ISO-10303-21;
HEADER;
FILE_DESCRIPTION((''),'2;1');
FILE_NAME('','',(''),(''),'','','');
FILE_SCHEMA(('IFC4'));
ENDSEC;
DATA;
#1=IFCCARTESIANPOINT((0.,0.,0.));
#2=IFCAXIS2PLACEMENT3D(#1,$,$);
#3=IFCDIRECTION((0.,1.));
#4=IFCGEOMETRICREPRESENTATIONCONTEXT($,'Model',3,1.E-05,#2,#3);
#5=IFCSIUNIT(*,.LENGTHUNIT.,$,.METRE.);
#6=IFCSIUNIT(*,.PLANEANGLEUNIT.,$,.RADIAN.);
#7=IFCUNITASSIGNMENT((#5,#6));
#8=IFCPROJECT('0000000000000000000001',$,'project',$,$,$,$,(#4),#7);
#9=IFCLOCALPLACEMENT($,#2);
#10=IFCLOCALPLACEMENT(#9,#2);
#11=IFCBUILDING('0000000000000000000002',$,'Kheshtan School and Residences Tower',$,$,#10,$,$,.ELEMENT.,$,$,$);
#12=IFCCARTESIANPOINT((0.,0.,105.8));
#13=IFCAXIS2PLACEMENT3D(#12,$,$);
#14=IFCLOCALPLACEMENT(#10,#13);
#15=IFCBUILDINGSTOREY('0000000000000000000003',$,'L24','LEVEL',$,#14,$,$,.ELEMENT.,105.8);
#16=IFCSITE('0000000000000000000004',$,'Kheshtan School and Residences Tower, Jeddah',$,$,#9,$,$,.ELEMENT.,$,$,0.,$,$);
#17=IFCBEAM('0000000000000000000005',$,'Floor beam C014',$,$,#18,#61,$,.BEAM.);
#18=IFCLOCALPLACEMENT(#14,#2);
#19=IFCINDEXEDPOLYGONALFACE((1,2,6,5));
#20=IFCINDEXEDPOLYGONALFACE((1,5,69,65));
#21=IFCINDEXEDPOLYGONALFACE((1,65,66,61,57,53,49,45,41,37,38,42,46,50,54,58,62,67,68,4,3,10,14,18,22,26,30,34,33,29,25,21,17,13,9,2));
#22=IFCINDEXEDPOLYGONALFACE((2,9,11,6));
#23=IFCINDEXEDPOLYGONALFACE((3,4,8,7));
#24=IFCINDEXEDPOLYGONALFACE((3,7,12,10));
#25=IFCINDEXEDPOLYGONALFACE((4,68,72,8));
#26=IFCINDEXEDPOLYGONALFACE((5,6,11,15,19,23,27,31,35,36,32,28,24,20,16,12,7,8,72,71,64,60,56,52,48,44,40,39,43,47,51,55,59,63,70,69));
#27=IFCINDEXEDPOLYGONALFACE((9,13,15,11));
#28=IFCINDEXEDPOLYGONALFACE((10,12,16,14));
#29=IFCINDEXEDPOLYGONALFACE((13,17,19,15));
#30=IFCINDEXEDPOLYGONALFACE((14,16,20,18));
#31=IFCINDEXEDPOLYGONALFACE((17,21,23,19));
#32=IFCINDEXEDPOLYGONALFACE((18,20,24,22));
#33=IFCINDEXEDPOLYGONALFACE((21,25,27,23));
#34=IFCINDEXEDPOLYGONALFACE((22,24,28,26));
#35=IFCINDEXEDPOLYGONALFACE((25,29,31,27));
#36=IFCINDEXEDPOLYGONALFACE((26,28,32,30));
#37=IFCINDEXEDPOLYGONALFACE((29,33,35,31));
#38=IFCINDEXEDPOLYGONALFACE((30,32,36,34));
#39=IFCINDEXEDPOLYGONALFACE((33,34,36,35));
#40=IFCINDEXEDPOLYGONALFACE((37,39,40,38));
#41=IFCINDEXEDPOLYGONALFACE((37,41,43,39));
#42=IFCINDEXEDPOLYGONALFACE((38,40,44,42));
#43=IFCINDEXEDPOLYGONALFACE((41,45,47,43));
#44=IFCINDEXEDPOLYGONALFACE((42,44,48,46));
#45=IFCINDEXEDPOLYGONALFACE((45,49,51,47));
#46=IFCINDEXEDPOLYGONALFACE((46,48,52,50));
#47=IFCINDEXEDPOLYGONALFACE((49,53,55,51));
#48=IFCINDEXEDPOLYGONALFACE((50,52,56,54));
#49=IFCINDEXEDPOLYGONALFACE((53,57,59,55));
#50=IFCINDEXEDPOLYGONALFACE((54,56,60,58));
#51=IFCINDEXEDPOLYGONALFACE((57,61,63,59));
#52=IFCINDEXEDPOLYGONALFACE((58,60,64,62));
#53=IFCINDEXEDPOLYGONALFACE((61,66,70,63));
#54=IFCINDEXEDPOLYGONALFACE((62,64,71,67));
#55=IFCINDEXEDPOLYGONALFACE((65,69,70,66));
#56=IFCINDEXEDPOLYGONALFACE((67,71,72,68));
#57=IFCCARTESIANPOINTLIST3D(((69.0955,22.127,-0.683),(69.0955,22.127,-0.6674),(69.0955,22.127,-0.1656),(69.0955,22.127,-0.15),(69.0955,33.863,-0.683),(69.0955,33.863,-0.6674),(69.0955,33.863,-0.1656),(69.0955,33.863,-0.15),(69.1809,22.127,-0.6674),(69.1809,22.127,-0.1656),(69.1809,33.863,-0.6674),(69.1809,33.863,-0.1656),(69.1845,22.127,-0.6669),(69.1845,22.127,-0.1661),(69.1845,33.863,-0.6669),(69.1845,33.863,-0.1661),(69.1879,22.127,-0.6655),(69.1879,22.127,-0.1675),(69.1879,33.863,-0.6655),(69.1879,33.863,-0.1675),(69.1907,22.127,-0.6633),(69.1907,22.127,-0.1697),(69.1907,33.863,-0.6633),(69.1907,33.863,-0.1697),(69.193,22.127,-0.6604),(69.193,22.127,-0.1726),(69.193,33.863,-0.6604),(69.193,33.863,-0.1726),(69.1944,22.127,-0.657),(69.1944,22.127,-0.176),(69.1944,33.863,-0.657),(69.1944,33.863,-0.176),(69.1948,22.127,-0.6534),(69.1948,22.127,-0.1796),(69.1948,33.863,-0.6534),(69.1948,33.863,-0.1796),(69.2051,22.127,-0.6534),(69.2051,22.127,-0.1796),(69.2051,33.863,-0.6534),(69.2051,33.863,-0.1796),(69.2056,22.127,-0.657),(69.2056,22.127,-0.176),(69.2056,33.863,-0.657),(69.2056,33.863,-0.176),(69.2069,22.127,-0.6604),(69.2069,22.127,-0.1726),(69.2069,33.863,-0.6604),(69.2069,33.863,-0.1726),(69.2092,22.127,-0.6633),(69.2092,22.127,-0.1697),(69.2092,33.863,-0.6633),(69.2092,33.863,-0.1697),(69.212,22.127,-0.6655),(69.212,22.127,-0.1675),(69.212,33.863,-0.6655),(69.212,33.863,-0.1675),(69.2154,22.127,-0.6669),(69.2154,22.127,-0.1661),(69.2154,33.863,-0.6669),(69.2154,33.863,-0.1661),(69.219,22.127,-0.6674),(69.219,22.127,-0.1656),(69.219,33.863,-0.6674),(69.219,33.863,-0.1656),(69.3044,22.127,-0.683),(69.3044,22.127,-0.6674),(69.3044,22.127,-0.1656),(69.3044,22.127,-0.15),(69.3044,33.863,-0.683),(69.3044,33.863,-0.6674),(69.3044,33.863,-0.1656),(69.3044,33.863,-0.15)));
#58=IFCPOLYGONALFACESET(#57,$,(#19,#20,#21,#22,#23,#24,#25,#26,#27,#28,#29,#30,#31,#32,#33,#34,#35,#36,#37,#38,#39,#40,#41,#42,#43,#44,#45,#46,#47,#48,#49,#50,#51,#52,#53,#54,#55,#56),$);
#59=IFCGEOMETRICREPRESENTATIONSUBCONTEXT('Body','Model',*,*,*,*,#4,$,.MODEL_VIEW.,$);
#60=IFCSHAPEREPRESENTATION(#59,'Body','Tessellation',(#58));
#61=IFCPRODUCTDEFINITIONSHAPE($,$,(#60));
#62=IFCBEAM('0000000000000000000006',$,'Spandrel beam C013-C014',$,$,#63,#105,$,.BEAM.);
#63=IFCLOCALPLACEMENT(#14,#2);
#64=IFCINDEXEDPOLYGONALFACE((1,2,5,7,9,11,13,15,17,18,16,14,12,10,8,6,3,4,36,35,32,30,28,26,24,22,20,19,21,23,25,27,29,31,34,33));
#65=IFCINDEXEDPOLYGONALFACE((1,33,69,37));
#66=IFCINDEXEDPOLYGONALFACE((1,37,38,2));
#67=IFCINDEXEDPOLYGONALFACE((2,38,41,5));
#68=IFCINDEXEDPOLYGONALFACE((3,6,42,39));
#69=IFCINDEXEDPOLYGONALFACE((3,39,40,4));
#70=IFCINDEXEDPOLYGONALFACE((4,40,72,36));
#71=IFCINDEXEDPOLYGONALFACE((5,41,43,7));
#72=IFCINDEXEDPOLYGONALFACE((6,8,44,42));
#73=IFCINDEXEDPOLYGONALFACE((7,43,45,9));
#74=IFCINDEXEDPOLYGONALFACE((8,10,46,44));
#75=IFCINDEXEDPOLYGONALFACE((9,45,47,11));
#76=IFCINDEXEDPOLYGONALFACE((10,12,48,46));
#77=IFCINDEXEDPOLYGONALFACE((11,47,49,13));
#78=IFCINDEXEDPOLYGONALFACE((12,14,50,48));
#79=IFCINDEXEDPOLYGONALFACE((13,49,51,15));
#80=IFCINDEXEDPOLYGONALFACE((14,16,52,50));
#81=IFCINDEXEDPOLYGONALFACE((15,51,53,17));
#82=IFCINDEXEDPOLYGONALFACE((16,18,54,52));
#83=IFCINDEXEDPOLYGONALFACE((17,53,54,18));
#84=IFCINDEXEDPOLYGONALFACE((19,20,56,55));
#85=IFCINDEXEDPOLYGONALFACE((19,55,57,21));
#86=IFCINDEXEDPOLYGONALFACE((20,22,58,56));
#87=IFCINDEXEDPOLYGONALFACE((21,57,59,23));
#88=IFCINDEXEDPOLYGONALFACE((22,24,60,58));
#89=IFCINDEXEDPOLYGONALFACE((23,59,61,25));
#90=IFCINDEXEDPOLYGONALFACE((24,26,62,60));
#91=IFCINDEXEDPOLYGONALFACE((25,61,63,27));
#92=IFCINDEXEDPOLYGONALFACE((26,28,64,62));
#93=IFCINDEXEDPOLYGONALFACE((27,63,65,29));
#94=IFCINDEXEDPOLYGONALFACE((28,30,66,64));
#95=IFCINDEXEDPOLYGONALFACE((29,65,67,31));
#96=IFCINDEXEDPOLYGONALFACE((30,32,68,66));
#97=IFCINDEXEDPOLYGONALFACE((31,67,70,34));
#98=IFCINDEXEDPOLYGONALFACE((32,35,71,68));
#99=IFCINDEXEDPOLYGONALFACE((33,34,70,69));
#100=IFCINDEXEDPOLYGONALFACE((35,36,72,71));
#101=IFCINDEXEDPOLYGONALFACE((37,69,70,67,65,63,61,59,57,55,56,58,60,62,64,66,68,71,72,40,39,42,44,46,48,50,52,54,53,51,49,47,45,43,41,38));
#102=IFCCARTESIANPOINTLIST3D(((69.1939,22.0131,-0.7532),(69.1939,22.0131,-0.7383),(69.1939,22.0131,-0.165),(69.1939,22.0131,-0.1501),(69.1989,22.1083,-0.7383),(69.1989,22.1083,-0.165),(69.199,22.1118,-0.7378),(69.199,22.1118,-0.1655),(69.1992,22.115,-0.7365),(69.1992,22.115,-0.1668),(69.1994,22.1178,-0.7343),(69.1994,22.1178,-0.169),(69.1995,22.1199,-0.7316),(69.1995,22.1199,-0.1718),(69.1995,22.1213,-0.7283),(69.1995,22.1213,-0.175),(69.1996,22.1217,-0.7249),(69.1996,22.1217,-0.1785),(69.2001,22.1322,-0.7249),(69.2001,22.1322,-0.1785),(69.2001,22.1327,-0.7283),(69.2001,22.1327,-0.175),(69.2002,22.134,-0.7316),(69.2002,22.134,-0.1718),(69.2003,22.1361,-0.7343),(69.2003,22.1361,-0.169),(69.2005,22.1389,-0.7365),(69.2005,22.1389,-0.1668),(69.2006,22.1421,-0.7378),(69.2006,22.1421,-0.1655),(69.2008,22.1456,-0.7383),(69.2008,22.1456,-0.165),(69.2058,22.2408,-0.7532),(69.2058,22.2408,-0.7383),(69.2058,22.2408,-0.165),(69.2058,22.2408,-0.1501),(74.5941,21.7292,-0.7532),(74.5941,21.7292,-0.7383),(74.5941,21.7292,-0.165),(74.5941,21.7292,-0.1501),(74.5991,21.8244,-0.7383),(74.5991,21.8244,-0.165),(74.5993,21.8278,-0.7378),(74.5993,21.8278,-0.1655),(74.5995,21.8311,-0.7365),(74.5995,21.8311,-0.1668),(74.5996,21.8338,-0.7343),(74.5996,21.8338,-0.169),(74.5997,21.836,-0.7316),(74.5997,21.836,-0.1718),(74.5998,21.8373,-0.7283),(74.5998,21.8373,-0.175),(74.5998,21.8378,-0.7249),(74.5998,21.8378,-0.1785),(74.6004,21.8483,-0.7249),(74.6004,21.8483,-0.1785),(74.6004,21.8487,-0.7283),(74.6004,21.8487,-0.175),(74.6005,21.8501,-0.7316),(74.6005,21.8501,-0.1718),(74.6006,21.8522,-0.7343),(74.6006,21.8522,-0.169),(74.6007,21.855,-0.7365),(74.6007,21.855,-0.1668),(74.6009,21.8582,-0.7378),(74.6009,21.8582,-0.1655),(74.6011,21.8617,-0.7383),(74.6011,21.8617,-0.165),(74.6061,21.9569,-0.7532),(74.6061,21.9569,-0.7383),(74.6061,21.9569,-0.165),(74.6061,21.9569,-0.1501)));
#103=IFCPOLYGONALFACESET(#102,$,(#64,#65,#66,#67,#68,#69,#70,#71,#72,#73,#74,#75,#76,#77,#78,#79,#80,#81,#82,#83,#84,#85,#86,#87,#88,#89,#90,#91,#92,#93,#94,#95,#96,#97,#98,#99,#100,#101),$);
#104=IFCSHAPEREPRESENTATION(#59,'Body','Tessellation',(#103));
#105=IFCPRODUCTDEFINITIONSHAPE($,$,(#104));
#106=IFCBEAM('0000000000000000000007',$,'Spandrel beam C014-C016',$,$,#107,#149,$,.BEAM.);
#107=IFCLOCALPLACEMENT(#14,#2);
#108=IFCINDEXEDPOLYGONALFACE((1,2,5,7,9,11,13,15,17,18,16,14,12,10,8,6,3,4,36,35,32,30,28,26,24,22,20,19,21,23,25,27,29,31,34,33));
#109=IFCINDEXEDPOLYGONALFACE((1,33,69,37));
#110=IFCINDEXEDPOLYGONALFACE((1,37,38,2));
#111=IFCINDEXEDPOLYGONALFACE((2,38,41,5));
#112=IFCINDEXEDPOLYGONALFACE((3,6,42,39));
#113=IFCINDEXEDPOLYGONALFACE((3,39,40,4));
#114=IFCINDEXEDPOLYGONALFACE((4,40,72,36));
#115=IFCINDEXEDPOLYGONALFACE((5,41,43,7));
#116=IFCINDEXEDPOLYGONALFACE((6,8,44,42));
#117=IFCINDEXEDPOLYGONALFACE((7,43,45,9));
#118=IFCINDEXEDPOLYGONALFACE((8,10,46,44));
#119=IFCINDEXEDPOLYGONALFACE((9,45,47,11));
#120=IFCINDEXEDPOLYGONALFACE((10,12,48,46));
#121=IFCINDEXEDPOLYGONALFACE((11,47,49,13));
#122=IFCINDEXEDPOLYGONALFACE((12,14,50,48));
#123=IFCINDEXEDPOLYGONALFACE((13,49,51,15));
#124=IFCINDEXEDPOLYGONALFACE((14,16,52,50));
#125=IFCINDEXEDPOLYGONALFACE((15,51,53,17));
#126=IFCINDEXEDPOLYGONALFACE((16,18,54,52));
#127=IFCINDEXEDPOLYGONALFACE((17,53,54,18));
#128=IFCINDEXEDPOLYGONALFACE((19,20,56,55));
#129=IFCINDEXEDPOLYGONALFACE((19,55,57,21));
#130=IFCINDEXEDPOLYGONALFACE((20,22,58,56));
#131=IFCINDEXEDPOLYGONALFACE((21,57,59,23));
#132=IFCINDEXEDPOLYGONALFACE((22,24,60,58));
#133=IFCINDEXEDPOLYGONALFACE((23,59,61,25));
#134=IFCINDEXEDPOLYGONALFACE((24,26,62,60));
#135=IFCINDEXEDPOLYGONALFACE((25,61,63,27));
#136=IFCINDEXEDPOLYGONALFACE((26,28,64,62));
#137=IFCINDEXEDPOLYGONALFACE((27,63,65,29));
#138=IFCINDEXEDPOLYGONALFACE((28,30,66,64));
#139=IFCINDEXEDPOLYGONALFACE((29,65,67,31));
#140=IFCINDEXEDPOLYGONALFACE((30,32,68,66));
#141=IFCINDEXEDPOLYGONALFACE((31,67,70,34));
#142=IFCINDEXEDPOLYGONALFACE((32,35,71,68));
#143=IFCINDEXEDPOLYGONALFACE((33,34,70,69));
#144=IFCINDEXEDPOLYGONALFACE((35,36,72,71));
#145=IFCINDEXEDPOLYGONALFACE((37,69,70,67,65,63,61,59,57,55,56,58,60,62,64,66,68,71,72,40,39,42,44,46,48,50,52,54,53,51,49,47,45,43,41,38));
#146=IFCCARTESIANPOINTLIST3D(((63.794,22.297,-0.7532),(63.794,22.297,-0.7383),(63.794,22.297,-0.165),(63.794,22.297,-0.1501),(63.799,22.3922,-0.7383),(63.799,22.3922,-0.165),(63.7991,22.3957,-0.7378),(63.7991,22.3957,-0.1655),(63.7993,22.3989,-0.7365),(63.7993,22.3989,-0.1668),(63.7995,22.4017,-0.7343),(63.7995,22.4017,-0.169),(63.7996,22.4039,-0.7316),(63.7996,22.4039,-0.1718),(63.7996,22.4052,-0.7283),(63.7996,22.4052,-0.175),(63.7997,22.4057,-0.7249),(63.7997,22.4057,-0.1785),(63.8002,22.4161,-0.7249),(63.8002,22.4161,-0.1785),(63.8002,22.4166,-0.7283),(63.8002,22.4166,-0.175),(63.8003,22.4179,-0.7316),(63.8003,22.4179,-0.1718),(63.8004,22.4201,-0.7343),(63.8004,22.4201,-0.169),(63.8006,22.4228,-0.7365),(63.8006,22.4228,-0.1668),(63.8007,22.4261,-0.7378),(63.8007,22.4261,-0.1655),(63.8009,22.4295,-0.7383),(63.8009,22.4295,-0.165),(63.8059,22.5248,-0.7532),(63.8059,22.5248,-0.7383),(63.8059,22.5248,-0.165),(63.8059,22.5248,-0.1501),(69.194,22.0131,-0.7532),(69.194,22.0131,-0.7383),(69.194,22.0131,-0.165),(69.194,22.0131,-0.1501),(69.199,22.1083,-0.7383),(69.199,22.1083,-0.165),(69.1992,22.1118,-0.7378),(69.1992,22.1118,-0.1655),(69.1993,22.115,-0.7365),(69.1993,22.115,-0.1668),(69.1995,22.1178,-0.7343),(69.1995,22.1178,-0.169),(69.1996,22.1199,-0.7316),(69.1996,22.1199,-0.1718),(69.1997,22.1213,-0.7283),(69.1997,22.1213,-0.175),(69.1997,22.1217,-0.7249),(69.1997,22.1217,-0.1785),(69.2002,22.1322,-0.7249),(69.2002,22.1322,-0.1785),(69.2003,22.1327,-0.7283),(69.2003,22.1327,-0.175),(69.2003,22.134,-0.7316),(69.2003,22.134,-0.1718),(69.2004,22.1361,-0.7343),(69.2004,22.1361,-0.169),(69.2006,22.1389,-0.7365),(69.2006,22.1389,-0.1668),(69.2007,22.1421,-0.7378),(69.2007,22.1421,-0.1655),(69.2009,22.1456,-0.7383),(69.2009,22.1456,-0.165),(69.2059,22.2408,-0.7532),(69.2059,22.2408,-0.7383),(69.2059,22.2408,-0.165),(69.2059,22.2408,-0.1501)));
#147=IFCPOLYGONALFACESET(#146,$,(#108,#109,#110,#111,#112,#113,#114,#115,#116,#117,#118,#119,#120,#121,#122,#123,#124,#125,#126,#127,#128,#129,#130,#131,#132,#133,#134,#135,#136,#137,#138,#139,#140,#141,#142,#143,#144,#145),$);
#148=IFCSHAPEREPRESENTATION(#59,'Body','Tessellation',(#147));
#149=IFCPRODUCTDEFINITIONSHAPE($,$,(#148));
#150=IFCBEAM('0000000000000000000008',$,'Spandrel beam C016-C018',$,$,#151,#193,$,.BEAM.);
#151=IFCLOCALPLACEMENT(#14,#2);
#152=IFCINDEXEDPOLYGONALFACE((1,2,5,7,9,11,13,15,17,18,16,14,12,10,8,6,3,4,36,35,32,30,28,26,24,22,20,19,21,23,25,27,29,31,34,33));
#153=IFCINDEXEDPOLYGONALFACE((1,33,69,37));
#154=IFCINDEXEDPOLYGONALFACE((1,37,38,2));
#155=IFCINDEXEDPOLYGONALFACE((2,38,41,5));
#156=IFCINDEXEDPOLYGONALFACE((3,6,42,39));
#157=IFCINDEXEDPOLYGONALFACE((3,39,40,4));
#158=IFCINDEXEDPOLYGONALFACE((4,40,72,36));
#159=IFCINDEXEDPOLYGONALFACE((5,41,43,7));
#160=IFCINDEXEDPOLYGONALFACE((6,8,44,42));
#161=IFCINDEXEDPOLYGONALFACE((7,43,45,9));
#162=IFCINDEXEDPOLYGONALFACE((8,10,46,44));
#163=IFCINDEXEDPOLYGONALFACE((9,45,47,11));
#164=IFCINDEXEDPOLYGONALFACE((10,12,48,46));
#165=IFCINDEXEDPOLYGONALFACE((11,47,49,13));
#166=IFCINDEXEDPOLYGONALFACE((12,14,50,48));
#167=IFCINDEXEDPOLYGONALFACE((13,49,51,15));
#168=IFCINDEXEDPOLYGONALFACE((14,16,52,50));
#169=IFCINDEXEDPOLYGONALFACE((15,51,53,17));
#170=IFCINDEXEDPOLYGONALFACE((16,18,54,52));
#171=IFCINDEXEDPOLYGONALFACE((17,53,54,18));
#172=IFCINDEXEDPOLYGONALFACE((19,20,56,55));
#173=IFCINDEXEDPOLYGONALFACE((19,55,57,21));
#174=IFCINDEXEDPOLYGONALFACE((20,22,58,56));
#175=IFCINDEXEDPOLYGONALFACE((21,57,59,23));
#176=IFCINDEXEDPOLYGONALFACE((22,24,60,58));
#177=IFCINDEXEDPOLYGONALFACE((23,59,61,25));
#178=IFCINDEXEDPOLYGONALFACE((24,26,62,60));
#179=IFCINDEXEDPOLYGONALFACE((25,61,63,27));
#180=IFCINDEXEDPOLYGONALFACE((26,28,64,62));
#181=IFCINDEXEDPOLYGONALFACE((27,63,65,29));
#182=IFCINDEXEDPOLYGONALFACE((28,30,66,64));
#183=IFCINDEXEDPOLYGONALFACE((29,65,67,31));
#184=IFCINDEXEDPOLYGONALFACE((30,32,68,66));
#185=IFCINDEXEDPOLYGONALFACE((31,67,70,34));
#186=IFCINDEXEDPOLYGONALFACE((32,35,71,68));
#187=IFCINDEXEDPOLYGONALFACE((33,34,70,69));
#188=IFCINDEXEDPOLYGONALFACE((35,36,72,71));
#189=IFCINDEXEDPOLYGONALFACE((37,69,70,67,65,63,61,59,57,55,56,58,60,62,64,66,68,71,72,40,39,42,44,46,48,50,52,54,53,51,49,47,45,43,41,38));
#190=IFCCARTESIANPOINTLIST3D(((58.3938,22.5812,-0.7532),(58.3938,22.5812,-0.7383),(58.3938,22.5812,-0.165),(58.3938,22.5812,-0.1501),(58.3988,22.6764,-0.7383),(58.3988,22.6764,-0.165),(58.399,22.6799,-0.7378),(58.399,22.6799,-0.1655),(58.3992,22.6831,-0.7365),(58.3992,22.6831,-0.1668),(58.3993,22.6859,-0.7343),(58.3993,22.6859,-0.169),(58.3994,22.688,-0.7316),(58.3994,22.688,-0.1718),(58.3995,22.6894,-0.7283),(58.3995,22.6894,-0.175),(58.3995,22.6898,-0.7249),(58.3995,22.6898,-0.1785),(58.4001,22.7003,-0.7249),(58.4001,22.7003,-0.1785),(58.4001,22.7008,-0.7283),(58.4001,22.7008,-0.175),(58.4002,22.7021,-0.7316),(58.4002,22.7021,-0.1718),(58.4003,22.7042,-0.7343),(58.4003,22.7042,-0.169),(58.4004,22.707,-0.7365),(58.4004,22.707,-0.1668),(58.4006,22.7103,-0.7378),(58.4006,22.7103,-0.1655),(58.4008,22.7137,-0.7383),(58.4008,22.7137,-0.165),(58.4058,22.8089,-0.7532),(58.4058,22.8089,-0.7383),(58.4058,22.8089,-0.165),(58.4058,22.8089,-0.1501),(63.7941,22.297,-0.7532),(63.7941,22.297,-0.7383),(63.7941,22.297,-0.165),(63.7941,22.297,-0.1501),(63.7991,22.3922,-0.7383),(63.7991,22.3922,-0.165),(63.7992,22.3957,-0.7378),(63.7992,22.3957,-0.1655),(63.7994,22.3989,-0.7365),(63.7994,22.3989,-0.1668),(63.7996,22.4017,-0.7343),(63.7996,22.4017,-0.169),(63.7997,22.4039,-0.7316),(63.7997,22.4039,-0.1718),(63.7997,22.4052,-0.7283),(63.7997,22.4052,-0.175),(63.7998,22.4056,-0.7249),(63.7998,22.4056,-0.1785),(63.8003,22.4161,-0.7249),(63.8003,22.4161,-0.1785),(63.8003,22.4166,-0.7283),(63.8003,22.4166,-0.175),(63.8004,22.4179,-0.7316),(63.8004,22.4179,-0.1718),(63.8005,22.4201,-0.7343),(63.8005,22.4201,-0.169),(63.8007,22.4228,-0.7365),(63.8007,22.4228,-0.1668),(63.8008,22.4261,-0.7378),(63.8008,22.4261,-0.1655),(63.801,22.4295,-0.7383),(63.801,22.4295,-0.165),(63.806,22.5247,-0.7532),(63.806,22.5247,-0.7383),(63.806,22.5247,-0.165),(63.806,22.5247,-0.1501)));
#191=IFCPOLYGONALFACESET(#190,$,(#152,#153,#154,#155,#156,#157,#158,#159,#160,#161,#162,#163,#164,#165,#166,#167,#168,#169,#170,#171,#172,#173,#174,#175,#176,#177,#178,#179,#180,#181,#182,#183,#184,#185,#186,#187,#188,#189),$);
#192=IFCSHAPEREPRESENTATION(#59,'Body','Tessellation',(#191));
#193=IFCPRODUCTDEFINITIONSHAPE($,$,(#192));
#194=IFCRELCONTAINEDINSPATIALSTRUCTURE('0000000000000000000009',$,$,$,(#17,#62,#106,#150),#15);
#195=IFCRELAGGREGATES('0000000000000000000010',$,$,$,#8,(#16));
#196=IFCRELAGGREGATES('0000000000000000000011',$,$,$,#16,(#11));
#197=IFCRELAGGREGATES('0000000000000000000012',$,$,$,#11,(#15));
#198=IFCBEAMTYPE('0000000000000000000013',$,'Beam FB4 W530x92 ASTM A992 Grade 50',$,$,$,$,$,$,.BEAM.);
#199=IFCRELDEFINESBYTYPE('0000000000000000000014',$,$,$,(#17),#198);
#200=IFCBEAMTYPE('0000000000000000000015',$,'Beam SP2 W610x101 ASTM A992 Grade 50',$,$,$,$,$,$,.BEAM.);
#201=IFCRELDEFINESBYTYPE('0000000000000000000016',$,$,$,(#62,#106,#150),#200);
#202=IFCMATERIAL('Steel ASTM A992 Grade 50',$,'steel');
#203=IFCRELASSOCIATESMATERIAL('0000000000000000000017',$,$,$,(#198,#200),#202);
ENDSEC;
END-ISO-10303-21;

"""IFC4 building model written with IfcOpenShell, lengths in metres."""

from ifc_helpers import new_model, si_unit, direction, frame, origin, origin_2d, place, context, subcontext, project, spatial, i_section, extrude, material, material_profile, profile_set, type_object, element, save


model = new_model("IFC4")

# Units and contexts
model_context = context("Model", 3, precision=1e-05, world=origin(), true_north=direction((0.0, 1.0)))
body_context = subcontext(model_context, "Body", "Model", "MODEL_VIEW")
ifc_project = project(units=[si_unit("LENGTHUNIT", "METRE"), si_unit("PLANEANGLEUNIT", "RADIAN")], contexts=[model_context])

# Site, building, storey
site_placement = place(None, origin())
site = spatial("IfcSite", under=ifc_project, at=site_placement, Name="Kheshtan School and Residences Tower, Jeddah", CompositionType="ELEMENT", RefElevation=0.0)
building_placement = place(site_placement, origin())
building = spatial("IfcBuilding", under=site, at=building_placement, Name="Kheshtan School and Residences Tower", CompositionType="ELEMENT")
storey_placement = place(building_placement, frame((0.0, 0.0, 105.8)))
storey = spatial("IfcBuildingStorey", under=building, at=storey_placement, Name="L24", Description="LEVEL", CompositionType="ELEMENT", Elevation=105.8)

# Shared definitions
ifc_material_1 = material(Name="Steel ASTM A992 Grade 50", Category="steel")

# Beams
ifc_material_profile_1 = material_profile(ifc_material_1, i_section(OverallWidth=0.209, OverallDepth=0.533, WebThickness=0.0103, FlangeThickness=0.0156, FilletRadius=0.0139, at=origin_2d()), Name="W530x92")
ifc_profile_set_1 = profile_set([ifc_material_profile_1], Name="Steel ASTM A992 Grade 50")
beam_type_1 = type_object("IfcBeamType", Name="Beam FB4 W530x92 ASTM A992 Grade 50", PredefinedType="BEAM", material=ifc_profile_set_1)
beam_1_placement = place(storey_placement, frame((69.2, 22.127, -0.4165), z_axis=(0.0, 1.0, 0.0), x_axis=(-1.0, 0.0, 0.0)))
element("IfcBeam", 1, at=beam_1_placement, inside=storey, type_object=beam_type_1, Name="Floor beam C014", PredefinedType="BEAM", context=body_context, shape_type="SweptSolid", body=[
    extrude(i_section(OverallWidth=0.209, OverallDepth=0.533, WebThickness=0.0103, FlangeThickness=0.0156, FilletRadius=0.0139, at=origin_2d()), origin(), (0.0, 0.0, 1.0), 11.7361),
])
ifc_material_profile_2 = material_profile(ifc_material_1, i_section(OverallWidth=0.228, OverallDepth=0.603, WebThickness=0.0105, FlangeThickness=0.0149, FilletRadius=0.0134, at=origin_2d()), Name="W610x101")
ifc_profile_set_2 = profile_set([ifc_material_profile_2], Name="Steel ASTM A992 Grade 50")
beam_type_2 = type_object("IfcBeamType", Name="Beam SP2 W610x101 ASTM A992 Grade 50", PredefinedType="BEAM", material=ifc_profile_set_2)
beam_2_placement = place(storey_placement, frame((74.6001, 21.843, -0.4517), z_axis=(-0.998621, 0.052507, 0.0), x_axis=(-0.052507, -0.998621, 0.0)))
element("IfcBeam", 2, at=beam_2_placement, inside=storey, type_object=beam_type_2, Name="Spandrel beam C013-C014", PredefinedType="BEAM", context=body_context, shape_type="SweptSolid", body=[
    extrude(i_section(OverallWidth=0.228, OverallDepth=0.603, WebThickness=0.0105, FlangeThickness=0.0149, FilletRadius=0.0134, at=origin_2d()), origin(), (0.0, 0.0, 1.0), 5.4077),
])
beam_3_placement = place(storey_placement, frame((69.2, 22.127, -0.4517), z_axis=(-0.99862, 0.052509, 0.0), x_axis=(-0.052509, -0.99862, 0.0)))
element("IfcBeam", 3, at=beam_3_placement, inside=storey, type_object=beam_type_2, Name="Spandrel beam C014-C016", PredefinedType="BEAM", context=body_context, shape_type="SweptSolid", body=[
    extrude(i_section(OverallWidth=0.228, OverallDepth=0.603, WebThickness=0.0105, FlangeThickness=0.0149, FilletRadius=0.0134, at=origin_2d()), origin(), (0.0, 0.0, 1.0), 5.4075),
])
beam_4_placement = place(storey_placement, frame((63.8, 22.4109, -0.4517), z_axis=(-0.998618, 0.052552, 0.0), x_axis=(-0.052552, -0.998618, 0.0)))
element("IfcBeam", 4, at=beam_4_placement, inside=storey, type_object=beam_type_2, Name="Spandrel beam C016-C018", PredefinedType="BEAM", context=body_context, shape_type="SweptSolid", body=[
    extrude(i_section(OverallWidth=0.228, OverallDepth=0.603, WebThickness=0.0105, FlangeThickness=0.0149, FilletRadius=0.0134, at=origin_2d()), origin(), (0.0, 0.0, 1.0), 5.4077),
])

save(model, "model.ifc")
